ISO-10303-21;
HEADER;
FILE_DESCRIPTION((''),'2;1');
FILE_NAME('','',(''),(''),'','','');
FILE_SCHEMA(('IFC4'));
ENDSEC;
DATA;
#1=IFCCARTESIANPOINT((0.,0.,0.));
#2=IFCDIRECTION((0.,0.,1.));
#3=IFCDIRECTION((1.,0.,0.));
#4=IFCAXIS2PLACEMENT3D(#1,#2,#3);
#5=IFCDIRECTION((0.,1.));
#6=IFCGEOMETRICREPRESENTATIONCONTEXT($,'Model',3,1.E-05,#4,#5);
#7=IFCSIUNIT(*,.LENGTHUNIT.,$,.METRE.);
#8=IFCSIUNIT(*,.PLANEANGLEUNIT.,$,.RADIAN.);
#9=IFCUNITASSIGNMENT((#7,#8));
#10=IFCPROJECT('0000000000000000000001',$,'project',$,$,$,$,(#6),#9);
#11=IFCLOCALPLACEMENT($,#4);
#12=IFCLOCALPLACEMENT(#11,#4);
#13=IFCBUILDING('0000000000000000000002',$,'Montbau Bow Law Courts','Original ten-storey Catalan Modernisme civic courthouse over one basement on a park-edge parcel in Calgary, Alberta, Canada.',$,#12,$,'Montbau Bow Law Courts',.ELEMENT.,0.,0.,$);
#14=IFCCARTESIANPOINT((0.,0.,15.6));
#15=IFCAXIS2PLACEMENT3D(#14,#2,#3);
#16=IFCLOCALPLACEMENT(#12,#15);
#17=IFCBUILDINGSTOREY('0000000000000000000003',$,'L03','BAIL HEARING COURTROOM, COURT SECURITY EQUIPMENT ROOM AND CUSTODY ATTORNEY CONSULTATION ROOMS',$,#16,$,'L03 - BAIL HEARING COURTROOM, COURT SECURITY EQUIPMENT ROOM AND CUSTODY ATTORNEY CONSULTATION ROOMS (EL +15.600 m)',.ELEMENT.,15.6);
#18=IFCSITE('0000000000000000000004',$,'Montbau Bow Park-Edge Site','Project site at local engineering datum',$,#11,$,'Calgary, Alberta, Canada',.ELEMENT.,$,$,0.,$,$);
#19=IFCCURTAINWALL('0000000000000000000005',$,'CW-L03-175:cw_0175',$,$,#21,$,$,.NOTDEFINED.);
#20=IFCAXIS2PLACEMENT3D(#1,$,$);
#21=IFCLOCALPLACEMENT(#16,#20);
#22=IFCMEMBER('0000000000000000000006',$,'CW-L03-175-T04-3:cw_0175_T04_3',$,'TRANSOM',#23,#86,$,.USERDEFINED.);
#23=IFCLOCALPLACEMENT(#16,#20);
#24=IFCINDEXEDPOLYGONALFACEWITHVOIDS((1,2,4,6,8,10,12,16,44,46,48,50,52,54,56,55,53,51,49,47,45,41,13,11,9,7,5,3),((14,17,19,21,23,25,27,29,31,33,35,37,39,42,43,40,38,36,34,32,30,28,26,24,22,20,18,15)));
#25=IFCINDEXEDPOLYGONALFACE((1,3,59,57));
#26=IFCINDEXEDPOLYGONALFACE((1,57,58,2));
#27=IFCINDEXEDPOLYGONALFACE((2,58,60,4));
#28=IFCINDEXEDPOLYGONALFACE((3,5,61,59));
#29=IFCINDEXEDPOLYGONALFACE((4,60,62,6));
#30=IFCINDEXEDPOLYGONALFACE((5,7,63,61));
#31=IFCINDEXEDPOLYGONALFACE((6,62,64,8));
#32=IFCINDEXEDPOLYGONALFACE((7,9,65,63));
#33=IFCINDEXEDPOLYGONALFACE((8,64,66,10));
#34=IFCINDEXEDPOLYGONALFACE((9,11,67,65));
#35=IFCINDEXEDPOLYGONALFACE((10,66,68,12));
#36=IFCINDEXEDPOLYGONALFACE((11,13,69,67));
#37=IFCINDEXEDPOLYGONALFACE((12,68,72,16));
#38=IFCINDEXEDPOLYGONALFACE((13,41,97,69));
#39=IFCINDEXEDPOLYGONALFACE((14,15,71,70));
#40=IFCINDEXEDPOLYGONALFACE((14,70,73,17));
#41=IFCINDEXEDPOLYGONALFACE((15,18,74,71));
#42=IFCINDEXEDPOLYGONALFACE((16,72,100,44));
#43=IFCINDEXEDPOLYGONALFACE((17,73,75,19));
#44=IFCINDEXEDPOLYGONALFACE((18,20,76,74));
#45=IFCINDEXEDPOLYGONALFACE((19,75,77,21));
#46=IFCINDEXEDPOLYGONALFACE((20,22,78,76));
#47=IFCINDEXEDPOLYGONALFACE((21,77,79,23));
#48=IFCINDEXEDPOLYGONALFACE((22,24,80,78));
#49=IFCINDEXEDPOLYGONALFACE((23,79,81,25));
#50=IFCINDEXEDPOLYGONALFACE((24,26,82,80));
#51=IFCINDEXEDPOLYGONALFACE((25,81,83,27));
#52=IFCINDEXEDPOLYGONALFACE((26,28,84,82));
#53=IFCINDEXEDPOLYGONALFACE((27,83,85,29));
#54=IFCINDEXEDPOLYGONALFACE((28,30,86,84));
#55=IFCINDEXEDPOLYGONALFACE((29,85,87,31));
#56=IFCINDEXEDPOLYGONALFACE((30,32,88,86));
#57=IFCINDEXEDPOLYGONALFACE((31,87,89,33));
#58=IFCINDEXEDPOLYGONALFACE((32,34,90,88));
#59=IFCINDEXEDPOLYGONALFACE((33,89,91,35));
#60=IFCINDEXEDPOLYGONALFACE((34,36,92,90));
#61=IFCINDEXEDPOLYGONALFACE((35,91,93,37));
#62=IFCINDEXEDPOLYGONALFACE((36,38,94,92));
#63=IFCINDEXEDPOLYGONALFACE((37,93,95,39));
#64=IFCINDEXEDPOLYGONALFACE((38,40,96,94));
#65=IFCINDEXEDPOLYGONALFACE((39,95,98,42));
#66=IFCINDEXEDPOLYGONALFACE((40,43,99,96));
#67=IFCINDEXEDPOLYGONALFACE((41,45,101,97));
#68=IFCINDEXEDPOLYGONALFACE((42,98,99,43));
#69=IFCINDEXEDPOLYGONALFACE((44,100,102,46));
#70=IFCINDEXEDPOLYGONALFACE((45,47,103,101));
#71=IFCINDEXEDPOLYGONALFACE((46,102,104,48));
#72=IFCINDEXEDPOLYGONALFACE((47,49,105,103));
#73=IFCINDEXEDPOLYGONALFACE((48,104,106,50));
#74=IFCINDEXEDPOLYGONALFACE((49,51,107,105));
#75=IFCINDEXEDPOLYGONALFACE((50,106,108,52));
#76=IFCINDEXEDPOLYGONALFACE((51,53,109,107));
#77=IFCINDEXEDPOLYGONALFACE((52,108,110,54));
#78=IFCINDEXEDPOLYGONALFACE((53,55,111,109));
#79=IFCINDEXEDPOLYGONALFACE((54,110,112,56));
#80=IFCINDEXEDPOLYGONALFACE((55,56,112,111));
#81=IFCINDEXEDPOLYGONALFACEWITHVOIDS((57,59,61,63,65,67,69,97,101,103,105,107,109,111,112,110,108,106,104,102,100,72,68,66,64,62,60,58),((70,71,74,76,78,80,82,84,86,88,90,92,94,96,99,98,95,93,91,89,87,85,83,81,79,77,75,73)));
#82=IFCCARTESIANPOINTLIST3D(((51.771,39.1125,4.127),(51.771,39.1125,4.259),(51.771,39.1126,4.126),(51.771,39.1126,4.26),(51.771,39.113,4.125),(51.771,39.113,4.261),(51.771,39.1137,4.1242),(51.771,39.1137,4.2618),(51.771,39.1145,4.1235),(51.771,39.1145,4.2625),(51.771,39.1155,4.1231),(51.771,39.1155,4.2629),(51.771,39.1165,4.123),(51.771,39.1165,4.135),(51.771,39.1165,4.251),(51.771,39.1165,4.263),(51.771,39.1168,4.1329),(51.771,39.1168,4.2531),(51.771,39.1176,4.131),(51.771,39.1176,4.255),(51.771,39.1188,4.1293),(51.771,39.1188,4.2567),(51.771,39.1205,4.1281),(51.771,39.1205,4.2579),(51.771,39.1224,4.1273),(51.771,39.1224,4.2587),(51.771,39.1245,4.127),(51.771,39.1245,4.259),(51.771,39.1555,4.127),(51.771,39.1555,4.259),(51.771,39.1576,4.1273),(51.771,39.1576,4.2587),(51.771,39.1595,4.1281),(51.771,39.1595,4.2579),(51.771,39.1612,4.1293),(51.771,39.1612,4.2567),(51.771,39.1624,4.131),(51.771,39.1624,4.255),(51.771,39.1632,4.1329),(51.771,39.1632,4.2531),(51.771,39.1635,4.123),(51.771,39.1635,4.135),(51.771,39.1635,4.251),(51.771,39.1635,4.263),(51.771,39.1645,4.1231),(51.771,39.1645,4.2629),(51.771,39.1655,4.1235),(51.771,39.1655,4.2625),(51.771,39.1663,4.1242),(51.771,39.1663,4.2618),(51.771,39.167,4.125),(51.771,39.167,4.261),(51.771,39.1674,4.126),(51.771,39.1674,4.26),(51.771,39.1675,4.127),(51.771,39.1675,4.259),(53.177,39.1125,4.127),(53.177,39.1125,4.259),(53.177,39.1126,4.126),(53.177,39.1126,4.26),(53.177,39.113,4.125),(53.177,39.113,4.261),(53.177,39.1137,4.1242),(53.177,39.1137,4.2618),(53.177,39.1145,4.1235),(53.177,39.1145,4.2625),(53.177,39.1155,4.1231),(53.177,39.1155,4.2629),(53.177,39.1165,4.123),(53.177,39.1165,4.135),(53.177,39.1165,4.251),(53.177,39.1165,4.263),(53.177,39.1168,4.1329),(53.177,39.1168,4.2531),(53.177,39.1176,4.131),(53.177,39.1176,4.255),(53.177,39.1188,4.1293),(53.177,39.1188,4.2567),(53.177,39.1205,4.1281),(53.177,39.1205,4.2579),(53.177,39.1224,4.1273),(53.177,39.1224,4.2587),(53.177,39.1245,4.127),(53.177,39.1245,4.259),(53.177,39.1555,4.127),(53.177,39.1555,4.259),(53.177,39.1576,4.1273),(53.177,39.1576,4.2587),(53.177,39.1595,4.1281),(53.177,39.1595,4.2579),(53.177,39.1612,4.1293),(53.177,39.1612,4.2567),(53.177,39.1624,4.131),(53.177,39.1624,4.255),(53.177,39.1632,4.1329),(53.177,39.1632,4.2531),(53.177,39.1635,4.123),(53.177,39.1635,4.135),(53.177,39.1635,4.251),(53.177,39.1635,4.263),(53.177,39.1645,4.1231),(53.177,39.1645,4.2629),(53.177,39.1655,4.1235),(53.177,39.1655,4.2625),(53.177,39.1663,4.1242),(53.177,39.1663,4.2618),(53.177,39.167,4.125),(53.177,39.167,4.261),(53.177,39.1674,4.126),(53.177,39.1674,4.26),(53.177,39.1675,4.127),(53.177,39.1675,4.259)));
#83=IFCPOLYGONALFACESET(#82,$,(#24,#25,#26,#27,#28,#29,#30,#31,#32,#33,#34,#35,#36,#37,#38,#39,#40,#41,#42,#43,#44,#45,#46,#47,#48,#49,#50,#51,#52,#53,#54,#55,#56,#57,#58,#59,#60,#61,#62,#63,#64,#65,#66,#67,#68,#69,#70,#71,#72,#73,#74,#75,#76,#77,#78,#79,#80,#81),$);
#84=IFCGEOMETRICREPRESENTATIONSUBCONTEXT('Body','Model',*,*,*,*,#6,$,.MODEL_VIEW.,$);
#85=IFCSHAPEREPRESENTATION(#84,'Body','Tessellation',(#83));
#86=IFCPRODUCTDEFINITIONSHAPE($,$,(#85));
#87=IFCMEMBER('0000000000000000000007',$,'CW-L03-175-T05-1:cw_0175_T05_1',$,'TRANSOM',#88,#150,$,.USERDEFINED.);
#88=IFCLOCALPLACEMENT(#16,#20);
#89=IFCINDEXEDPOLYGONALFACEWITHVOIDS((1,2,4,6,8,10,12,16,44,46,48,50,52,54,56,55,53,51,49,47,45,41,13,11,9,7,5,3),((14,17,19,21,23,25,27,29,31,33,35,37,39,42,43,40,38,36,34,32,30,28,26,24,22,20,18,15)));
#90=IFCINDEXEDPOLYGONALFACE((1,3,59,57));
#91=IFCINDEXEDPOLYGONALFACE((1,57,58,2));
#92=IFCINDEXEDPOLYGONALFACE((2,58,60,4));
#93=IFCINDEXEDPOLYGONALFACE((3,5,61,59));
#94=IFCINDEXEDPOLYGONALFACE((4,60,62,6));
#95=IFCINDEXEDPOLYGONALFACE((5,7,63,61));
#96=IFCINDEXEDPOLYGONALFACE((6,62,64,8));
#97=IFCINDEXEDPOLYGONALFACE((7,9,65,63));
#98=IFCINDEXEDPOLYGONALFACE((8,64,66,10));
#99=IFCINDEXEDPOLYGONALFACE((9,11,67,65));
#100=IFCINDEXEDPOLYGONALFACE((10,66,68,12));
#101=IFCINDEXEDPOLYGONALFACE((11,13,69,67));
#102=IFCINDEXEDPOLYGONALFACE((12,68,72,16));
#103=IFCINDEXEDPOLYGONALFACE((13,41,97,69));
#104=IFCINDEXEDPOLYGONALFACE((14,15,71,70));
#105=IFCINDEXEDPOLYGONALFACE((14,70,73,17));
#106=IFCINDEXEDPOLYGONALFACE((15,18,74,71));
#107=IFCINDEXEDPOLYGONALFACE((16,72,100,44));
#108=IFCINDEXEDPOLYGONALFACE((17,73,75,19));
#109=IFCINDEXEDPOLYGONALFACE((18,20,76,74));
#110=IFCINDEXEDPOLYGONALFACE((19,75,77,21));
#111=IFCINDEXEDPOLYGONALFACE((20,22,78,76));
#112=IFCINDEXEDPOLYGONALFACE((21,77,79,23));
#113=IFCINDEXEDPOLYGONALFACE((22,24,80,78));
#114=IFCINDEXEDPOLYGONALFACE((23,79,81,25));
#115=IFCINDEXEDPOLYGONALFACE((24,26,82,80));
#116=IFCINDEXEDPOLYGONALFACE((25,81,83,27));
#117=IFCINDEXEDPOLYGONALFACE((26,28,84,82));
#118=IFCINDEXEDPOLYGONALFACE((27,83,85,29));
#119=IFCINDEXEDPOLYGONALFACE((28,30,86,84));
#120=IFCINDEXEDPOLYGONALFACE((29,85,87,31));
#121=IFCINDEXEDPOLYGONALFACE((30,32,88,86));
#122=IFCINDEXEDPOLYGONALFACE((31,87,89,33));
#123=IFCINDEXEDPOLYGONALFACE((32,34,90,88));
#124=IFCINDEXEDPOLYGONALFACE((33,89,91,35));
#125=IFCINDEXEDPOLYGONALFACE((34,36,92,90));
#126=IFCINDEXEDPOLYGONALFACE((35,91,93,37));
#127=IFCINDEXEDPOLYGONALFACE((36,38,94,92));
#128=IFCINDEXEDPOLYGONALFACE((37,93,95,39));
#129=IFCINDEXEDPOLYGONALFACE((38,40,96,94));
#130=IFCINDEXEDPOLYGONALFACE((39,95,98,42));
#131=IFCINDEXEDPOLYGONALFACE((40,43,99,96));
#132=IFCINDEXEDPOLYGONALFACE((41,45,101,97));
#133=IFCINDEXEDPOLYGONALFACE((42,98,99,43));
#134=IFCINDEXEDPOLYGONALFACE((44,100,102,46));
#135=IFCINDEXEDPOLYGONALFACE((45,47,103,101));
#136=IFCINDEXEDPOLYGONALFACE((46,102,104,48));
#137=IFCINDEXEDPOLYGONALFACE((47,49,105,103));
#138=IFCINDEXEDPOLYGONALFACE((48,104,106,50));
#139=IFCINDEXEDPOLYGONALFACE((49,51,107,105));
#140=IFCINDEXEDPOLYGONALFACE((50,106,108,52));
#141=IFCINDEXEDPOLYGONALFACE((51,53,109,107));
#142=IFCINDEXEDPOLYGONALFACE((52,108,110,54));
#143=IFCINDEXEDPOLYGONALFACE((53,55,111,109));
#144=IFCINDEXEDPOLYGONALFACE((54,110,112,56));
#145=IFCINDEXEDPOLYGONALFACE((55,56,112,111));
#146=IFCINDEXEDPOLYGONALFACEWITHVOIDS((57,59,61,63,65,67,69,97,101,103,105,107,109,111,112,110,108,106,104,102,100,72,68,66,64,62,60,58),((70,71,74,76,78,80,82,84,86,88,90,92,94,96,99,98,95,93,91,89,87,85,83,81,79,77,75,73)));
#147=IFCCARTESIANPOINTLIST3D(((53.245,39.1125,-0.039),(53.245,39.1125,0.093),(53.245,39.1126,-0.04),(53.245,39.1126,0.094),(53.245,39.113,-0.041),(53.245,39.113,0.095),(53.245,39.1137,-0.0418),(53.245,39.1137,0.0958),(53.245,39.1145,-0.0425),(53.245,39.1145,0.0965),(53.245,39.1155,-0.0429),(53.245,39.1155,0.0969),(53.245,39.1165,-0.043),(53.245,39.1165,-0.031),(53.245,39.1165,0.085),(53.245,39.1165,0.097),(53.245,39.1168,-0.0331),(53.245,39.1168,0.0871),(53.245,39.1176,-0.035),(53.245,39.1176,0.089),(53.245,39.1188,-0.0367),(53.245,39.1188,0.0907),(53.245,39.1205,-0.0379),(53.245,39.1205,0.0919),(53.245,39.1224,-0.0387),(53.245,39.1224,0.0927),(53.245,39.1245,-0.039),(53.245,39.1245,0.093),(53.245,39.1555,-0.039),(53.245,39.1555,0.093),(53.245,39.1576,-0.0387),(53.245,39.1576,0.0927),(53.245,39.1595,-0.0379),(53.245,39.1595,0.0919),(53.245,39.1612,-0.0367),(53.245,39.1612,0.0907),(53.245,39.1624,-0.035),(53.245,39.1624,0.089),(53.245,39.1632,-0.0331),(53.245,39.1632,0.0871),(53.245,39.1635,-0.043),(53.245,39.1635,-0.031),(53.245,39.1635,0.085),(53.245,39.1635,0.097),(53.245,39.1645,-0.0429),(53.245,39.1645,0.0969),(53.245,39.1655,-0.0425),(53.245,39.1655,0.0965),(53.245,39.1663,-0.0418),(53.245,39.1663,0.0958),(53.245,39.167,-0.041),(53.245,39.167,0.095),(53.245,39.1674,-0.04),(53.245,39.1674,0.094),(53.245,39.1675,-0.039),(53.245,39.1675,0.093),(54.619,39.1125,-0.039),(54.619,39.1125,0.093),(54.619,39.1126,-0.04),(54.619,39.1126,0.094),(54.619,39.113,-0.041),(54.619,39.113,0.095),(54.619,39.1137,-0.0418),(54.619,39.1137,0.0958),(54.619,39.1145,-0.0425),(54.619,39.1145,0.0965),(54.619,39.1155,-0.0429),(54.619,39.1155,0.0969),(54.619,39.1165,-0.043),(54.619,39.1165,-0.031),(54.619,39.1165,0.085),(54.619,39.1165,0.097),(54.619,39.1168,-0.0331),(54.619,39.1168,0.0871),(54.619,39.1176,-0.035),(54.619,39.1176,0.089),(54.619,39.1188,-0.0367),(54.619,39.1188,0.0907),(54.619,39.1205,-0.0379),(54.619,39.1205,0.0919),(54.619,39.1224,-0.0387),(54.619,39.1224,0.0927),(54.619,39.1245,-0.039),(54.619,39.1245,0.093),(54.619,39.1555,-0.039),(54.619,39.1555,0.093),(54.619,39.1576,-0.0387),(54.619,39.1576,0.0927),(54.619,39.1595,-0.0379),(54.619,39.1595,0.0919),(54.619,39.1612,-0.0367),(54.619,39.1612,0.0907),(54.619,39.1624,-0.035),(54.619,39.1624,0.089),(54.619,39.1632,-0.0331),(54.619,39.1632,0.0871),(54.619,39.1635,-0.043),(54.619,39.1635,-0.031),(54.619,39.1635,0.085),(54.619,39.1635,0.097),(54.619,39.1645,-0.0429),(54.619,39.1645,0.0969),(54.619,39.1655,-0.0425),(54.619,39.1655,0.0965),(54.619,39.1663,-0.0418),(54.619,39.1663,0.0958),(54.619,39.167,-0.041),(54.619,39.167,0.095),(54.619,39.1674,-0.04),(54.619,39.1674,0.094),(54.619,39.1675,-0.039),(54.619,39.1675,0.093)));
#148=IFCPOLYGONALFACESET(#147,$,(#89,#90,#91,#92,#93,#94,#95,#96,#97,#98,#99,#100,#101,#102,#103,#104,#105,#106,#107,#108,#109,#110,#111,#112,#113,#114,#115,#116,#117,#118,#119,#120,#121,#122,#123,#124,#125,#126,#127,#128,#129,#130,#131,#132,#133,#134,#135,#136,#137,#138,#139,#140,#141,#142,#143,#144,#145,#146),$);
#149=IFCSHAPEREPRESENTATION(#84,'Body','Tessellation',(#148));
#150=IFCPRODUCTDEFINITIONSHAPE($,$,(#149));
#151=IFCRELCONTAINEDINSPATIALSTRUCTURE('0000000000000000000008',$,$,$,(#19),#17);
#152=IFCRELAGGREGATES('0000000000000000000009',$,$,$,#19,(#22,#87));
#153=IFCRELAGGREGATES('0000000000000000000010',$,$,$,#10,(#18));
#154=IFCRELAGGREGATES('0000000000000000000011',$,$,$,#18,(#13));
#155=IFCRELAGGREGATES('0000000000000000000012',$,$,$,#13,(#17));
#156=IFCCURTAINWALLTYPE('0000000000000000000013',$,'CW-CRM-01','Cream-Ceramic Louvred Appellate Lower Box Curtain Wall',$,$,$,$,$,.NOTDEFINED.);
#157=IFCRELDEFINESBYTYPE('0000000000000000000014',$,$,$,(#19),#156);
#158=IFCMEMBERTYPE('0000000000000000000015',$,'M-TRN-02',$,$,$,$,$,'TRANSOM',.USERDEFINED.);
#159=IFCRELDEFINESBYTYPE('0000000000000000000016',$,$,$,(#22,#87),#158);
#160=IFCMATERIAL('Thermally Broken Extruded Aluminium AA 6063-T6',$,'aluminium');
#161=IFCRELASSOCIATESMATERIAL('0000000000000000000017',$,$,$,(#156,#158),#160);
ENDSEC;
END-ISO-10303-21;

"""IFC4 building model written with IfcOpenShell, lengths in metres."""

from ifc_helpers import new_model, si_unit, direction, frame, origin_with_axes, origin_2d_with_axis, place, context, subcontext, project, spatial, hollow_rectangle, extrude, material, material_profile, profile_set, type_object, element, aggregate, save


model = new_model("IFC4")

# Units and contexts
model_context = context("Model", 3, precision=1e-05, world=origin_with_axes(), true_north=direction((0.0, 1.0)))
body_context = subcontext(model_context, "Body", "Model", "MODEL_VIEW")
ifc_project = project(units=[si_unit("LENGTHUNIT", "METRE"), si_unit("PLANEANGLEUNIT", "RADIAN")], contexts=[model_context])

# Site, building, storey
site_placement = place(None, origin_with_axes())
site = spatial("IfcSite", under=ifc_project, at=site_placement, Name="Montbau Bow Park-Edge Site", Description="Project site at local engineering datum", LongName="Calgary, Alberta, Canada", CompositionType="ELEMENT", RefElevation=0.0)
building_placement = place(site_placement, origin_with_axes())
building = spatial("IfcBuilding", under=site, at=building_placement, Name="Montbau Bow Law Courts", Description="Original ten-storey Catalan Modernisme civic courthouse over one basement on a park-edge parcel in Calgary, Alberta, Canada.", LongName="Montbau Bow Law Courts", CompositionType="ELEMENT", ElevationOfRefHeight=0.0, ElevationOfTerrain=0.0)
storey_placement = place(building_placement, frame((0.0, 0.0, 15.6), z_axis=(0.0, 0.0, 1.0), x_axis=(1.0, 0.0, 0.0)))
storey = spatial("IfcBuildingStorey", under=building, at=storey_placement, Name="L03", Description="BAIL HEARING COURTROOM, COURT SECURITY EQUIPMENT ROOM AND CUSTODY ATTORNEY CONSULTATION ROOMS", LongName="L03 - BAIL HEARING COURTROOM, COURT SECURITY EQUIPMENT ROOM AND CUSTODY ATTORNEY CONSULTATION ROOMS (EL +15.600 m)", CompositionType="ELEMENT", Elevation=15.6)

# Curtain wall
ifc_material_1 = material(Name="Thermally Broken Extruded Aluminium AA 6063-T6", Category="aluminium")
curtain_wall_type = type_object("IfcCurtainWallType", Name="CW-CRM-01", Description="Cream-Ceramic Louvred Appellate Lower Box Curtain Wall", PredefinedType="NOTDEFINED", material=ifc_material_1)
curtain_wall_1_placement = place(None, frame((47.315, 39.14, 15.6), z_axis=(0.0, 0.0, 1.0), x_axis=(1.0, 0.0, 0.0)))
curtain_wall_1 = element("IfcCurtainWall", 1, at=curtain_wall_1_placement, inside=storey, type_object=curtain_wall_type, Name="CW-L03-175:cw_0175", PredefinedType="NOTDEFINED")

# Members
ifc_material_profile_1 = material_profile(ifc_material_1, hollow_rectangle(XDim=0.055, YDim=0.14, WallThickness=0.004, InnerFilletRadius=0.008, OuterFilletRadius=0.004, at=origin_2d_with_axis()), Name="CWT-140X55", Category="Main", Priority=0)
ifc_profile_set_1 = profile_set([ifc_material_profile_1], Name="Thermally Broken Extruded Aluminium AA 6063-T6")
member_type_1 = type_object("IfcMemberType", Name="M-TRN-02", ElementType="TRANSOM", PredefinedType="USERDEFINED", material=ifc_profile_set_1)
member_1_placement = place(None, frame((51.771, 39.14, 19.793), z_axis=(1.0, 0.0, 0.0), x_axis=(0.0, 1.0, 0.0)))
member_1 = element("IfcMember", 2, at=member_1_placement, type_object=member_type_1, Name="CW-L03-175-T04-3:cw_0175_T04_3", ObjectType="TRANSOM", PredefinedType="USERDEFINED", context=body_context, shape_type="SweptSolid", body=[
    extrude(hollow_rectangle(XDim=0.055, YDim=0.14, WallThickness=0.004, InnerFilletRadius=0.008, OuterFilletRadius=0.004, at=origin_2d_with_axis()), origin_with_axes(), (0.0, 0.0, 1.0), 1.406),
])
member_2_placement = place(None, frame((53.245, 39.14, 15.627), z_axis=(1.0, 0.0, 0.0), x_axis=(0.0, 1.0, 0.0)))
member_2 = element("IfcMember", 3, at=member_2_placement, type_object=member_type_1, Name="CW-L03-175-T05-1:cw_0175_T05_1", ObjectType="TRANSOM", PredefinedType="USERDEFINED", context=body_context, shape_type="SweptSolid", body=[
    extrude(hollow_rectangle(XDim=0.055, YDim=0.14, WallThickness=0.004, InnerFilletRadius=0.008, OuterFilletRadius=0.004, at=origin_2d_with_axis()), origin_with_axes(), (0.0, 0.0, 1.0), 1.374),
])

aggregate(curtain_wall_1, [member_1, member_2])

save(model, "model.ifc")
